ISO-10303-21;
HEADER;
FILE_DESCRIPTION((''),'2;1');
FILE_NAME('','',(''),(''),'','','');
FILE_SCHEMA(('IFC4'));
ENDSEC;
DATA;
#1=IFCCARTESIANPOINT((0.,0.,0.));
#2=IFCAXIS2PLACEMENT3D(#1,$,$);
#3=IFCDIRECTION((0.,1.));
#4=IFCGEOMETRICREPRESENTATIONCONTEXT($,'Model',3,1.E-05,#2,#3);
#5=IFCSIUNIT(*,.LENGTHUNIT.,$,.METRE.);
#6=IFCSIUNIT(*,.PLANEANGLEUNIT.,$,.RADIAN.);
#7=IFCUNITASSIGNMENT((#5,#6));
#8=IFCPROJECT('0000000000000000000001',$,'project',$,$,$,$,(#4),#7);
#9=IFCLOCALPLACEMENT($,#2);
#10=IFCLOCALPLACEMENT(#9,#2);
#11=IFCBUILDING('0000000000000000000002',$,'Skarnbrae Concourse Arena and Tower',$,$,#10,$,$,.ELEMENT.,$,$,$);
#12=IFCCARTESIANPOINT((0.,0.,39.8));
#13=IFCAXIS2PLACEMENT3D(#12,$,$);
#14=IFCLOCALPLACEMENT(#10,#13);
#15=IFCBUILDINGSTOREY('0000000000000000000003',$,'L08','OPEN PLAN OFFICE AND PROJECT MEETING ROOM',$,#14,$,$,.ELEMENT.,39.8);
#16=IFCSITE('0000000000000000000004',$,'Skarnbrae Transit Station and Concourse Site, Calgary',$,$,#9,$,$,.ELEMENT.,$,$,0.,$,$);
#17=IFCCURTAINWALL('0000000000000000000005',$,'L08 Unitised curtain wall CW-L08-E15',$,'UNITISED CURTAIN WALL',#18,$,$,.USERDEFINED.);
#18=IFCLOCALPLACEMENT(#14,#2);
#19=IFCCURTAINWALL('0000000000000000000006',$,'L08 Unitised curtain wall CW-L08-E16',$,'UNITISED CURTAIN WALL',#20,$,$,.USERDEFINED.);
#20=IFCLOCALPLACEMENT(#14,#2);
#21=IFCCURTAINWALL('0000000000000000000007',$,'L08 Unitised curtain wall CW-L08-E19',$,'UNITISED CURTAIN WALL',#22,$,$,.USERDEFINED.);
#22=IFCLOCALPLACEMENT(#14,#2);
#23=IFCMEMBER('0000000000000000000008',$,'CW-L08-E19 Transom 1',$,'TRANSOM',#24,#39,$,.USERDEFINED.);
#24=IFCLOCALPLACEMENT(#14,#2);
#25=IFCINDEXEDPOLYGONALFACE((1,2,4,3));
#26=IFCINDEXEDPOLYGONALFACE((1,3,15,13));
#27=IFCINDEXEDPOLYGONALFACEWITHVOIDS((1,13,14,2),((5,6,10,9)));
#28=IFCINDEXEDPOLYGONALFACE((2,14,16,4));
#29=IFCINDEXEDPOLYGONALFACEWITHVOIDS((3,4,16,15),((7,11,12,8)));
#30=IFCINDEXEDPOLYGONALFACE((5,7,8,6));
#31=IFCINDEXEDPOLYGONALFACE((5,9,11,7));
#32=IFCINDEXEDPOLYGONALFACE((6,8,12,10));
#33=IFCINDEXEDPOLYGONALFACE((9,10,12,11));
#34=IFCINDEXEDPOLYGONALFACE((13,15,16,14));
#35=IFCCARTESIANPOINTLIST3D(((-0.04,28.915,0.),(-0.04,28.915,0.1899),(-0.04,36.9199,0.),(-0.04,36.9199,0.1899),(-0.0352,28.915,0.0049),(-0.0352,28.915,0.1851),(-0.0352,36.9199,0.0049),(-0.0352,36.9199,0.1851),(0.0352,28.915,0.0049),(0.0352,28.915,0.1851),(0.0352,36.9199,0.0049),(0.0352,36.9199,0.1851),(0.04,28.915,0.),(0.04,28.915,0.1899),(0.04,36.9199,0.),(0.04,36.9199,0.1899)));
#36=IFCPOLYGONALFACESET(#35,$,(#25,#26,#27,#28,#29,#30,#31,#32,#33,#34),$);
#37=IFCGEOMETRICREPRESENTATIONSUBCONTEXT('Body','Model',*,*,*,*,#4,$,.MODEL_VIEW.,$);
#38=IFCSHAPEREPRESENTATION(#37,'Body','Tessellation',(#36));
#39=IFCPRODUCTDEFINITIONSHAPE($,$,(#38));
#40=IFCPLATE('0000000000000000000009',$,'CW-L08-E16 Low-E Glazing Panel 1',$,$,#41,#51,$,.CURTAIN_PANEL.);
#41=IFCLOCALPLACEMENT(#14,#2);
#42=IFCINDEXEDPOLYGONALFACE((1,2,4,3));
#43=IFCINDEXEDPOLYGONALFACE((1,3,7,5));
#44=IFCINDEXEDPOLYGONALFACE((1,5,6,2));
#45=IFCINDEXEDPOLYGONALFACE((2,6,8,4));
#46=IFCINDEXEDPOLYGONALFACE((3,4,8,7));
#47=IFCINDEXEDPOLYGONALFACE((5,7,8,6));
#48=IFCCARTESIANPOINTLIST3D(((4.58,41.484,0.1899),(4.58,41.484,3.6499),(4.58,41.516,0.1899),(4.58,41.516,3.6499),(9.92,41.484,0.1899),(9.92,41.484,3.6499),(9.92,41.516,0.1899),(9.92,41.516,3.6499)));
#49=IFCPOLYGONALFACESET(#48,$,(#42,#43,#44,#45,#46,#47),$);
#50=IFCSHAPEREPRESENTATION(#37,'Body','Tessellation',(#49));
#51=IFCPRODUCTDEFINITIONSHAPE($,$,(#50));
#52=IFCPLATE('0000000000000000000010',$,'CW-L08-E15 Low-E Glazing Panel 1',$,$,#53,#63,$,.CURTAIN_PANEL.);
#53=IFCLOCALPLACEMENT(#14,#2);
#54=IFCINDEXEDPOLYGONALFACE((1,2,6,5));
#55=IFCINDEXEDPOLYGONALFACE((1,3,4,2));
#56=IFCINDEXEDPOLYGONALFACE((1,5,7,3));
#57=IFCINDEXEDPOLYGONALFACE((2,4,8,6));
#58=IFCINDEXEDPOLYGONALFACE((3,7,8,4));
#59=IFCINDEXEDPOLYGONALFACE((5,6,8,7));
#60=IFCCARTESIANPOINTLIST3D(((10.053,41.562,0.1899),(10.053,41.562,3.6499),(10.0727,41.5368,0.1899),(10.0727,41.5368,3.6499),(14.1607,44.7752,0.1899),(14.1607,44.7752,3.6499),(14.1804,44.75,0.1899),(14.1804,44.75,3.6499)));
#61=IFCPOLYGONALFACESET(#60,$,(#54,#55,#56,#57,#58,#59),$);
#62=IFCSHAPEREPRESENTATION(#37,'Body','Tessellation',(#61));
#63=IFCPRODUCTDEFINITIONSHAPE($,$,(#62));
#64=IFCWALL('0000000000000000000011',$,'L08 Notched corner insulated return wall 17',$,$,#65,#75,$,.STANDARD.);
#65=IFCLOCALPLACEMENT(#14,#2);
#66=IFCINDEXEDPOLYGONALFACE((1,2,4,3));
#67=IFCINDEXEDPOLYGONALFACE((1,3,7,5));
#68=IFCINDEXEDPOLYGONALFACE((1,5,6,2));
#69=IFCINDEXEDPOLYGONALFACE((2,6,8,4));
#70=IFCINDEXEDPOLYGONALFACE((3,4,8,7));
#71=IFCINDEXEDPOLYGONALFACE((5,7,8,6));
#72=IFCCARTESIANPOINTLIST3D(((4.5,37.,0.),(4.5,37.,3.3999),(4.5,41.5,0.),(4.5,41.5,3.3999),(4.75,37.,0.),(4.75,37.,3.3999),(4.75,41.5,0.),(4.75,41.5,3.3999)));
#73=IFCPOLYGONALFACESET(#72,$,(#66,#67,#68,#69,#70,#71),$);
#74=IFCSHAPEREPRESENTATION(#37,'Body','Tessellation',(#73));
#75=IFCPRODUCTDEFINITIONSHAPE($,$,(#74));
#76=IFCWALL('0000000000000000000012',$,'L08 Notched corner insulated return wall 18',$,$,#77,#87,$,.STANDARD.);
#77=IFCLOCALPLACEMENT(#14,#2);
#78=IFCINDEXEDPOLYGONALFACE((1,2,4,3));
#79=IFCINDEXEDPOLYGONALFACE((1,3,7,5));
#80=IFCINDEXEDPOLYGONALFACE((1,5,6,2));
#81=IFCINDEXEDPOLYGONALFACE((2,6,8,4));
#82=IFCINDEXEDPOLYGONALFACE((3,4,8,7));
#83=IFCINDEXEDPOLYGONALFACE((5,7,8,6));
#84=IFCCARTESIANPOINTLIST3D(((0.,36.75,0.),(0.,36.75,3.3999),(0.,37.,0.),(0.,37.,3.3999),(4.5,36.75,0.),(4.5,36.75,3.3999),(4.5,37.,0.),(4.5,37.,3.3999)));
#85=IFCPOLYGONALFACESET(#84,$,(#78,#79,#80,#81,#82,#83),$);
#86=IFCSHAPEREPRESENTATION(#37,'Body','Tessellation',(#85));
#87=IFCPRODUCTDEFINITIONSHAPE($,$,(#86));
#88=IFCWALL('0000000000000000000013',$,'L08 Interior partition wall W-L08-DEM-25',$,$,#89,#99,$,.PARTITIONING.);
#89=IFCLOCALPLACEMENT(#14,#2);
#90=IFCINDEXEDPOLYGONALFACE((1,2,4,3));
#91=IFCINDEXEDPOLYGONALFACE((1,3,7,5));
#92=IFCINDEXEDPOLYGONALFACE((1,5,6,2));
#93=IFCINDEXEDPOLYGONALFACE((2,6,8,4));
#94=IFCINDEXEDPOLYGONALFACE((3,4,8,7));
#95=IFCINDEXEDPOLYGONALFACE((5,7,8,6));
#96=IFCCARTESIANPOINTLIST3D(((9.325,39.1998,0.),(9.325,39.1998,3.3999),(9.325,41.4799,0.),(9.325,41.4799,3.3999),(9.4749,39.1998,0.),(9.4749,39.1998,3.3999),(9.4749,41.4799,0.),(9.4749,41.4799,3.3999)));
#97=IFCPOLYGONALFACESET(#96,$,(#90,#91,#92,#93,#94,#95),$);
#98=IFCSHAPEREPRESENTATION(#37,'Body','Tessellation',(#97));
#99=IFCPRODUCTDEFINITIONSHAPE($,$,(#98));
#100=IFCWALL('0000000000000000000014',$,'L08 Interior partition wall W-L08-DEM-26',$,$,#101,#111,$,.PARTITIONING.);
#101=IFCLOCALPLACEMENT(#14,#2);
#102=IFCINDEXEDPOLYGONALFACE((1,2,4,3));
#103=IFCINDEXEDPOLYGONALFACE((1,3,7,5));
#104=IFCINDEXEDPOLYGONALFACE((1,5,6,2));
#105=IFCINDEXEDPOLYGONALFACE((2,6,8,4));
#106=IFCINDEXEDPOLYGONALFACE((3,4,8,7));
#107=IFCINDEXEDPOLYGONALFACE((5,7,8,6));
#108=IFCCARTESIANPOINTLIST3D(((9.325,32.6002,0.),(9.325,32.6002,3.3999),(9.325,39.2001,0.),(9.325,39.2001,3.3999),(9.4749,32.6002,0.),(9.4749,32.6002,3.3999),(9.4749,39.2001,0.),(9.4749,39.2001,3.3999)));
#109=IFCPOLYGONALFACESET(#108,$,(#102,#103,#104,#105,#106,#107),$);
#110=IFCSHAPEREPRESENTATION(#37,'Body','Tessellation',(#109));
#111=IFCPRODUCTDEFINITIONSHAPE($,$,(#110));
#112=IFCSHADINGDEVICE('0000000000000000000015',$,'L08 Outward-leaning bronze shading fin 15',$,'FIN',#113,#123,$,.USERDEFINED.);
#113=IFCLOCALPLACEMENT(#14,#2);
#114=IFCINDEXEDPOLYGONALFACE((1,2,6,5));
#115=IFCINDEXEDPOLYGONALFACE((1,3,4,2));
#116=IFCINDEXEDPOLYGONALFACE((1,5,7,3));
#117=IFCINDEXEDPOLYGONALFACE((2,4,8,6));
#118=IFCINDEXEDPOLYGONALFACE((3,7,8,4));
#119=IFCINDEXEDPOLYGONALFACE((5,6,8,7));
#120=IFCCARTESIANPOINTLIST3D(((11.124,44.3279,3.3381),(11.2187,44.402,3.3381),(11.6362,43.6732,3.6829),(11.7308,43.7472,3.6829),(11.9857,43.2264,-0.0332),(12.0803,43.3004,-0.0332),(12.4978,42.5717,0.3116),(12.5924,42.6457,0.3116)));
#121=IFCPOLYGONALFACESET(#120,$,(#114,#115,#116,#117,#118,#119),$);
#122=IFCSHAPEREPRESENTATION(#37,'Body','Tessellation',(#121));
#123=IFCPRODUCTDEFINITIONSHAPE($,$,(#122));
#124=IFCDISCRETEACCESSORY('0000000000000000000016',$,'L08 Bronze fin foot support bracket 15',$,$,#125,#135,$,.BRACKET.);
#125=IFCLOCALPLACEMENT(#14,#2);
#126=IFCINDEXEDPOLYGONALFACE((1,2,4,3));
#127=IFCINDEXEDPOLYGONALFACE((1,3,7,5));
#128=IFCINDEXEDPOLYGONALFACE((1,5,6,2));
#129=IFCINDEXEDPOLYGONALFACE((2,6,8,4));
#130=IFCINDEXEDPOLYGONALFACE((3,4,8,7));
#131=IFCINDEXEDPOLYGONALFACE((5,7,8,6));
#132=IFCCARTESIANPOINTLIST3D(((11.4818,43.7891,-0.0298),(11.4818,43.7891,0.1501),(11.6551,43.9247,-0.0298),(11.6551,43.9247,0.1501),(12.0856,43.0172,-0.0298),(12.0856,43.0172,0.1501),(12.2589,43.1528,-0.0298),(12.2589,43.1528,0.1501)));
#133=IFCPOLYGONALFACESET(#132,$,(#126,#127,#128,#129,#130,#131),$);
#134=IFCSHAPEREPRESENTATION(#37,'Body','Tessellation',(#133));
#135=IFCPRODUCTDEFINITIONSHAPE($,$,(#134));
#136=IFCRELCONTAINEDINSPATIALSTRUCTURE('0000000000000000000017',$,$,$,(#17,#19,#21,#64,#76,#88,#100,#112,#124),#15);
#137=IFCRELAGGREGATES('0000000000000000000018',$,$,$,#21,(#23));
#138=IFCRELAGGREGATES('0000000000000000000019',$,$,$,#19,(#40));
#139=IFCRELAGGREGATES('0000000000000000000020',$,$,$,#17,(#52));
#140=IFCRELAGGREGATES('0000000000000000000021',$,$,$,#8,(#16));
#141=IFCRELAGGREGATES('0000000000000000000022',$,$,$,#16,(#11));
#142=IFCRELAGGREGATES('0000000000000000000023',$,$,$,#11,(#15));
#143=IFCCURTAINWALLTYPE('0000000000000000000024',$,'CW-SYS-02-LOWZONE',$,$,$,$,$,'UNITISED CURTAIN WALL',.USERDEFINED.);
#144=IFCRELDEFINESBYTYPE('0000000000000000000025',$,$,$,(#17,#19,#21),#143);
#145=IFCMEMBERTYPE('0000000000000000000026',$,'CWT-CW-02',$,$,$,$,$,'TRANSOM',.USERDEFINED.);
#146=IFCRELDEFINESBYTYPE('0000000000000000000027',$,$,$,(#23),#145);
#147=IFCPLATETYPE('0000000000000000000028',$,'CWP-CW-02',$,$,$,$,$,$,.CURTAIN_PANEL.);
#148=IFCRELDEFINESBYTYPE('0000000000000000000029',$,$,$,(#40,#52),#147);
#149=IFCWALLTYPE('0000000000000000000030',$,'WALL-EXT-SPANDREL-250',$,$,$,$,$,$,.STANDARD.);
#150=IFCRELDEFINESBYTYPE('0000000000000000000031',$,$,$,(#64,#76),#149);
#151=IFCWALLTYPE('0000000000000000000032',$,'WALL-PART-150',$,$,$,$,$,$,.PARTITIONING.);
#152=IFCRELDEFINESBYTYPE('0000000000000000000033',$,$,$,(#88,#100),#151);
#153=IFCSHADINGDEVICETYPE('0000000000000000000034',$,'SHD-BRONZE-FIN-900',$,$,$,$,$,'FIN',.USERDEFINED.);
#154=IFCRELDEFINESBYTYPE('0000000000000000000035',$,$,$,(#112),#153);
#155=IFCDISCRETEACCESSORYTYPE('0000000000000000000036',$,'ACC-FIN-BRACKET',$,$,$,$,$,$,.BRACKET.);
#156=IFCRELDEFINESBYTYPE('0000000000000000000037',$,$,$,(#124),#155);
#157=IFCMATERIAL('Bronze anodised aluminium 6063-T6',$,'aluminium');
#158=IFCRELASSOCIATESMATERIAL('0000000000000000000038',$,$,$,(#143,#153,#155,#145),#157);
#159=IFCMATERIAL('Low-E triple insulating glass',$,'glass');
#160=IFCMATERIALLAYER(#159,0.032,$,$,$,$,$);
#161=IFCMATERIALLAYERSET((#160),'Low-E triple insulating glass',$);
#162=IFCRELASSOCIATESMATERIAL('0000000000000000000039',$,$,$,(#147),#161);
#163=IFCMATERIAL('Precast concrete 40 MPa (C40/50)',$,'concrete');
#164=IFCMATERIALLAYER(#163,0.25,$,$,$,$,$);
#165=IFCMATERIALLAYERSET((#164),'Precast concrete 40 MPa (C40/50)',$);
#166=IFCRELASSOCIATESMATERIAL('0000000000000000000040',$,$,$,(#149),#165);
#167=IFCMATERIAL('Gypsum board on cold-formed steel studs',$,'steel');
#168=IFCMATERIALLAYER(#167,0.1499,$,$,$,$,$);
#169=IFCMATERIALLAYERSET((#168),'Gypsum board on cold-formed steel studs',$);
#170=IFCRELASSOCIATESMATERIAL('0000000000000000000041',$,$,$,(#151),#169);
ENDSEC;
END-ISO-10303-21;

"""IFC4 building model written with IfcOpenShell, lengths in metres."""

from ifc_helpers import new_model, si_unit, direction, frame, frame_2d, origin, origin_2d, place, context, subcontext, project, spatial, rectangle, hollow_rectangle, extrude, source, transform, mapped, material, layer, layer_set, material_profile, profile_set, type_object, element, aggregate, save


model = new_model("IFC4")

# Units and contexts
model_context = context("Model", 3, precision=1e-05, world=origin(), true_north=direction((0.0, 1.0)))
body_context = subcontext(model_context, "Body", "Model", "MODEL_VIEW")
ifc_project = project(units=[si_unit("LENGTHUNIT", "METRE"), si_unit("PLANEANGLEUNIT", "RADIAN")], contexts=[model_context])

# Site, building, storey
site_placement = place(None, origin())
site = spatial("IfcSite", under=ifc_project, at=site_placement, Name="Skarnbrae Transit Station and Concourse Site, Calgary", CompositionType="ELEMENT", RefElevation=0.0)
building_placement = place(site_placement, origin())
building = spatial("IfcBuilding", under=site, at=building_placement, Name="Skarnbrae Concourse Arena and Tower", CompositionType="ELEMENT")
storey_placement = place(building_placement, frame((0.0, 0.0, 39.8)))
storey = spatial("IfcBuildingStorey", under=building, at=storey_placement, Name="L08", Description="OPEN PLAN OFFICE AND PROJECT MEETING ROOM", CompositionType="ELEMENT", Elevation=39.8)

# Shared definitions
ifc_material_1 = material(Name="Bronze anodised aluminium 6063-T6", Category="aluminium")
curtain_wall_type = type_object("IfcCurtainWallType", Name="CW-SYS-02-LOWZONE", ElementType="UNITISED CURTAIN WALL", PredefinedType="USERDEFINED", material=ifc_material_1)

# Curtain walls
curtain_wall_1_placement = place(storey_placement, origin())
curtain_wall_1 = element("IfcCurtainWall", 1, at=curtain_wall_1_placement, inside=storey, type_object=curtain_wall_type, Name="L08 Unitised curtain wall CW-L08-E15", ObjectType="UNITISED CURTAIN WALL", PredefinedType="USERDEFINED")
curtain_wall_2_placement = place(storey_placement, origin())
curtain_wall_2 = element("IfcCurtainWall", 2, at=curtain_wall_2_placement, inside=storey, type_object=curtain_wall_type, Name="L08 Unitised curtain wall CW-L08-E16", ObjectType="UNITISED CURTAIN WALL", PredefinedType="USERDEFINED")

# Curtain wall
curtain_wall_3_placement = place(storey_placement, origin())
curtain_wall_3 = element("IfcCurtainWall", 3, at=curtain_wall_3_placement, inside=storey, type_object=curtain_wall_type, Name="L08 Unitised curtain wall CW-L08-E19", ObjectType="UNITISED CURTAIN WALL", PredefinedType="USERDEFINED")

# Member
ifc_material_profile_1 = material_profile(ifc_material_1, hollow_rectangle(XDim=0.0801, YDim=0.1899, WallThickness=0.0049, at=origin_2d()), Name="ALU-TRAN-80X190")
ifc_profile_set_1 = profile_set([ifc_material_profile_1], Name="Bronze anodised aluminium 6063-T6")
member_type_1 = type_object("IfcMemberType", Name="CWT-CW-02", ElementType="TRANSOM", PredefinedType="USERDEFINED", material=ifc_profile_set_1)
shared_shape_1 = source(origin(), body_context, "Body", "SweptSolid", [
    extrude(hollow_rectangle(XDim=0.0801, YDim=0.1899, WallThickness=0.0049, at=origin_2d()), origin(), (0.0, 0.0, 1.0), 8.0049),
])
member_1_placement = place(storey_placement, frame((0.0, 36.9199, 0.095), z_axis=(0.0, -1.0, 0.0), x_axis=(1.0, 0.0, 0.0)))
member_1 = element("IfcMember", 4, at=member_1_placement, type_object=member_type_1, Name="CW-L08-E19 Transom 1", ObjectType="TRANSOM", PredefinedType="USERDEFINED", context=body_context, shape_type="MappedRepresentation", body=[
    mapped(shared_shape_1, transform((0.0, 0.0, 0.0))),
])
aggregate(curtain_wall_3, [member_1])

# Plates
ifc_material_2 = material(Name="Low-E triple insulating glass", Category="glass")
ifc_layer_1 = layer(ifc_material_2, 0.032)
ifc_layer_set_1 = layer_set([ifc_layer_1], Name="Low-E triple insulating glass")
plate_type = type_object("IfcPlateType", Name="CWP-CW-02", PredefinedType="CURTAIN_PANEL", material=ifc_layer_set_1)
shared_shape_2 = source(origin(), body_context, "Body", "SweptSolid", [
    extrude(rectangle(XDim=5.3401, YDim=0.032, at=origin_2d()), origin(), (0.0, 0.0, 1.0), 3.46),
])
plate_1_placement = place(storey_placement, frame((7.25, 41.5, 0.1899), z_axis=(0.0, 0.0, 1.0), x_axis=(-1.0, 0.0, 0.0)))
plate_1 = element("IfcPlate", 5, at=plate_1_placement, type_object=plate_type, Name="CW-L08-E16 Low-E Glazing Panel 1", PredefinedType="CURTAIN_PANEL", context=body_context, shape_type="MappedRepresentation", body=[
    mapped(shared_shape_2, transform((0.0, 0.0, 0.0))),
])
aggregate(curtain_wall_2, [plate_1])
shared_shape_3 = source(origin(), body_context, "Body", "SweptSolid", [
    extrude(rectangle(XDim=5.2151, YDim=0.032, at=origin_2d()), origin(), (0.0, 0.0, 1.0), 3.46),
])
plate_2_placement = place(storey_placement, frame((12.1167, 43.156, 0.1899), z_axis=(0.0, 0.0, 1.0), x_axis=(-0.787652, -0.616121, 0.0)))
plate_2 = element("IfcPlate", 6, at=plate_2_placement, type_object=plate_type, Name="CW-L08-E15 Low-E Glazing Panel 1", PredefinedType="CURTAIN_PANEL", context=body_context, shape_type="MappedRepresentation", body=[
    mapped(shared_shape_3, transform((0.0, 0.0, 0.0))),
])
aggregate(curtain_wall_1, [plate_2])

# Walls
ifc_material_3 = material(Name="Precast concrete 40 MPa (C40/50)", Category="concrete")
ifc_layer_2 = layer(ifc_material_3, 0.25)
ifc_layer_set_2 = layer_set([ifc_layer_2], Name="Precast concrete 40 MPa (C40/50)")
wall_type_1 = type_object("IfcWallType", Name="WALL-EXT-SPANDREL-250", PredefinedType="STANDARD", material=ifc_layer_set_2)
shared_shape_4 = source(origin(), body_context, "Body", "SweptSolid", [
    extrude(rectangle(XDim=4.5, YDim=0.25, at=frame_2d((2.25, 0.0))), origin(), (0.0, 0.0, 1.0), 3.3999),
])
for number, where, z_axis, x_axis, name in (
    (7, (4.625, 41.5, 0.0), (0.0, 0.0, 1.0), (0.0, -1.0, 0.0), "L08 Notched corner insulated return wall 17"),
    (8, (4.5, 36.875, 0.0), (0.0, 0.0, 1.0), (-1.0, 0.0, 0.0), "L08 Notched corner insulated return wall 18"),
):
    element("IfcWall", number, at=place(storey_placement, frame(where, z_axis=z_axis, x_axis=x_axis)), inside=storey, type_object=wall_type_1, Name=name, PredefinedType="STANDARD", context=body_context, shape_type="MappedRepresentation", body=[
        mapped(shared_shape_4, transform((0.0, 0.0, 0.0))),
    ])
ifc_material_4 = material(Name="Gypsum board on cold-formed steel studs", Category="steel")
ifc_layer_3 = layer(ifc_material_4, 0.1499)
ifc_layer_set_3 = layer_set([ifc_layer_3], Name="Gypsum board on cold-formed steel studs")
wall_type_2 = type_object("IfcWallType", Name="WALL-PART-150", PredefinedType="PARTITIONING", material=ifc_layer_set_3)
shared_shape_5 = source(origin(), body_context, "Body", "SweptSolid", [
    extrude(rectangle(XDim=2.28, YDim=0.1499, at=frame_2d((1.1401, 0.0))), origin(), (0.0, 0.0, 1.0), 3.3999),
])
wall_1_placement = place(storey_placement, frame((9.3999, 41.48, 0.0), z_axis=(0.0, 0.0, 1.0), x_axis=(0.0, -1.0, 0.0)))
element("IfcWall", 9, at=wall_1_placement, inside=storey, type_object=wall_type_2, Name="L08 Interior partition wall W-L08-DEM-25", PredefinedType="PARTITIONING", context=body_context, shape_type="MappedRepresentation", body=[
    mapped(shared_shape_5, transform((0.0, 0.0, 0.0))),
])
shared_shape_6 = source(origin(), body_context, "Body", "SweptSolid", [
    extrude(rectangle(XDim=6.5999, YDim=0.1499, at=frame_2d((3.2998, 0.0))), origin(), (0.0, 0.0, 1.0), 3.3999),
])
wall_2_placement = place(storey_placement, frame((9.3999, 39.2, 0.0), z_axis=(0.0, 0.0, 1.0), x_axis=(0.0, -1.0, 0.0)))
element("IfcWall", 10, at=wall_2_placement, inside=storey, type_object=wall_type_2, Name="L08 Interior partition wall W-L08-DEM-26", PredefinedType="PARTITIONING", context=body_context, shape_type="MappedRepresentation", body=[
    mapped(shared_shape_6, transform((0.0, 0.0, 0.0))),
])

# Shading device
shading_device_type = type_object("IfcShadingDeviceType", Name="SHD-BRONZE-FIN-900", ElementType="FIN", PredefinedType="USERDEFINED", material=ifc_material_1)
shared_shape_7 = source(origin(), body_context, "Body", "SweptSolid", [
    extrude(rectangle(XDim=0.1201, YDim=0.8999, at=origin_2d()), origin(), (0.0, 0.0, 1.0), 3.6499),
])
shading_device_placement = place(storey_placement, frame((12.2891, 42.936, 0.1392), z_axis=(-0.236075, 0.301804, 0.923679), x_axis=(0.787656, 0.616115, 0.0)))
element("IfcShadingDevice", 11, at=shading_device_placement, inside=storey, type_object=shading_device_type, Name="L08 Outward-leaning bronze shading fin 15", ObjectType="FIN", PredefinedType="USERDEFINED", context=body_context, shape_type="MappedRepresentation", body=[
    mapped(shared_shape_7, transform((0.0, 0.0, 0.0))),
])

# Discrete accessory
discrete_accessory_type = type_object("IfcDiscreteAccessoryType", Name="ACC-FIN-BRACKET", PredefinedType="BRACKET", material=ifc_material_1)
shared_shape_8 = source(origin(), body_context, "Body", "SweptSolid", [
    extrude(rectangle(XDim=0.22, YDim=0.98, at=origin_2d()), origin(), (0.0, 0.0, 1.0), 0.1799),
])
discrete_accessory_placement = place(storey_placement, frame((11.8704, 43.4709, -0.0298), z_axis=(0.0, 0.0, 1.0), x_axis=(0.787656, 0.616115, 0.0)))
element("IfcDiscreteAccessory", 12, at=discrete_accessory_placement, inside=storey, type_object=discrete_accessory_type, Name="L08 Bronze fin foot support bracket 15", PredefinedType="BRACKET", context=body_context, shape_type="MappedRepresentation", body=[
    mapped(shared_shape_8, transform((0.0, 0.0, 0.0))),
])

save(model, "model.ifc")
